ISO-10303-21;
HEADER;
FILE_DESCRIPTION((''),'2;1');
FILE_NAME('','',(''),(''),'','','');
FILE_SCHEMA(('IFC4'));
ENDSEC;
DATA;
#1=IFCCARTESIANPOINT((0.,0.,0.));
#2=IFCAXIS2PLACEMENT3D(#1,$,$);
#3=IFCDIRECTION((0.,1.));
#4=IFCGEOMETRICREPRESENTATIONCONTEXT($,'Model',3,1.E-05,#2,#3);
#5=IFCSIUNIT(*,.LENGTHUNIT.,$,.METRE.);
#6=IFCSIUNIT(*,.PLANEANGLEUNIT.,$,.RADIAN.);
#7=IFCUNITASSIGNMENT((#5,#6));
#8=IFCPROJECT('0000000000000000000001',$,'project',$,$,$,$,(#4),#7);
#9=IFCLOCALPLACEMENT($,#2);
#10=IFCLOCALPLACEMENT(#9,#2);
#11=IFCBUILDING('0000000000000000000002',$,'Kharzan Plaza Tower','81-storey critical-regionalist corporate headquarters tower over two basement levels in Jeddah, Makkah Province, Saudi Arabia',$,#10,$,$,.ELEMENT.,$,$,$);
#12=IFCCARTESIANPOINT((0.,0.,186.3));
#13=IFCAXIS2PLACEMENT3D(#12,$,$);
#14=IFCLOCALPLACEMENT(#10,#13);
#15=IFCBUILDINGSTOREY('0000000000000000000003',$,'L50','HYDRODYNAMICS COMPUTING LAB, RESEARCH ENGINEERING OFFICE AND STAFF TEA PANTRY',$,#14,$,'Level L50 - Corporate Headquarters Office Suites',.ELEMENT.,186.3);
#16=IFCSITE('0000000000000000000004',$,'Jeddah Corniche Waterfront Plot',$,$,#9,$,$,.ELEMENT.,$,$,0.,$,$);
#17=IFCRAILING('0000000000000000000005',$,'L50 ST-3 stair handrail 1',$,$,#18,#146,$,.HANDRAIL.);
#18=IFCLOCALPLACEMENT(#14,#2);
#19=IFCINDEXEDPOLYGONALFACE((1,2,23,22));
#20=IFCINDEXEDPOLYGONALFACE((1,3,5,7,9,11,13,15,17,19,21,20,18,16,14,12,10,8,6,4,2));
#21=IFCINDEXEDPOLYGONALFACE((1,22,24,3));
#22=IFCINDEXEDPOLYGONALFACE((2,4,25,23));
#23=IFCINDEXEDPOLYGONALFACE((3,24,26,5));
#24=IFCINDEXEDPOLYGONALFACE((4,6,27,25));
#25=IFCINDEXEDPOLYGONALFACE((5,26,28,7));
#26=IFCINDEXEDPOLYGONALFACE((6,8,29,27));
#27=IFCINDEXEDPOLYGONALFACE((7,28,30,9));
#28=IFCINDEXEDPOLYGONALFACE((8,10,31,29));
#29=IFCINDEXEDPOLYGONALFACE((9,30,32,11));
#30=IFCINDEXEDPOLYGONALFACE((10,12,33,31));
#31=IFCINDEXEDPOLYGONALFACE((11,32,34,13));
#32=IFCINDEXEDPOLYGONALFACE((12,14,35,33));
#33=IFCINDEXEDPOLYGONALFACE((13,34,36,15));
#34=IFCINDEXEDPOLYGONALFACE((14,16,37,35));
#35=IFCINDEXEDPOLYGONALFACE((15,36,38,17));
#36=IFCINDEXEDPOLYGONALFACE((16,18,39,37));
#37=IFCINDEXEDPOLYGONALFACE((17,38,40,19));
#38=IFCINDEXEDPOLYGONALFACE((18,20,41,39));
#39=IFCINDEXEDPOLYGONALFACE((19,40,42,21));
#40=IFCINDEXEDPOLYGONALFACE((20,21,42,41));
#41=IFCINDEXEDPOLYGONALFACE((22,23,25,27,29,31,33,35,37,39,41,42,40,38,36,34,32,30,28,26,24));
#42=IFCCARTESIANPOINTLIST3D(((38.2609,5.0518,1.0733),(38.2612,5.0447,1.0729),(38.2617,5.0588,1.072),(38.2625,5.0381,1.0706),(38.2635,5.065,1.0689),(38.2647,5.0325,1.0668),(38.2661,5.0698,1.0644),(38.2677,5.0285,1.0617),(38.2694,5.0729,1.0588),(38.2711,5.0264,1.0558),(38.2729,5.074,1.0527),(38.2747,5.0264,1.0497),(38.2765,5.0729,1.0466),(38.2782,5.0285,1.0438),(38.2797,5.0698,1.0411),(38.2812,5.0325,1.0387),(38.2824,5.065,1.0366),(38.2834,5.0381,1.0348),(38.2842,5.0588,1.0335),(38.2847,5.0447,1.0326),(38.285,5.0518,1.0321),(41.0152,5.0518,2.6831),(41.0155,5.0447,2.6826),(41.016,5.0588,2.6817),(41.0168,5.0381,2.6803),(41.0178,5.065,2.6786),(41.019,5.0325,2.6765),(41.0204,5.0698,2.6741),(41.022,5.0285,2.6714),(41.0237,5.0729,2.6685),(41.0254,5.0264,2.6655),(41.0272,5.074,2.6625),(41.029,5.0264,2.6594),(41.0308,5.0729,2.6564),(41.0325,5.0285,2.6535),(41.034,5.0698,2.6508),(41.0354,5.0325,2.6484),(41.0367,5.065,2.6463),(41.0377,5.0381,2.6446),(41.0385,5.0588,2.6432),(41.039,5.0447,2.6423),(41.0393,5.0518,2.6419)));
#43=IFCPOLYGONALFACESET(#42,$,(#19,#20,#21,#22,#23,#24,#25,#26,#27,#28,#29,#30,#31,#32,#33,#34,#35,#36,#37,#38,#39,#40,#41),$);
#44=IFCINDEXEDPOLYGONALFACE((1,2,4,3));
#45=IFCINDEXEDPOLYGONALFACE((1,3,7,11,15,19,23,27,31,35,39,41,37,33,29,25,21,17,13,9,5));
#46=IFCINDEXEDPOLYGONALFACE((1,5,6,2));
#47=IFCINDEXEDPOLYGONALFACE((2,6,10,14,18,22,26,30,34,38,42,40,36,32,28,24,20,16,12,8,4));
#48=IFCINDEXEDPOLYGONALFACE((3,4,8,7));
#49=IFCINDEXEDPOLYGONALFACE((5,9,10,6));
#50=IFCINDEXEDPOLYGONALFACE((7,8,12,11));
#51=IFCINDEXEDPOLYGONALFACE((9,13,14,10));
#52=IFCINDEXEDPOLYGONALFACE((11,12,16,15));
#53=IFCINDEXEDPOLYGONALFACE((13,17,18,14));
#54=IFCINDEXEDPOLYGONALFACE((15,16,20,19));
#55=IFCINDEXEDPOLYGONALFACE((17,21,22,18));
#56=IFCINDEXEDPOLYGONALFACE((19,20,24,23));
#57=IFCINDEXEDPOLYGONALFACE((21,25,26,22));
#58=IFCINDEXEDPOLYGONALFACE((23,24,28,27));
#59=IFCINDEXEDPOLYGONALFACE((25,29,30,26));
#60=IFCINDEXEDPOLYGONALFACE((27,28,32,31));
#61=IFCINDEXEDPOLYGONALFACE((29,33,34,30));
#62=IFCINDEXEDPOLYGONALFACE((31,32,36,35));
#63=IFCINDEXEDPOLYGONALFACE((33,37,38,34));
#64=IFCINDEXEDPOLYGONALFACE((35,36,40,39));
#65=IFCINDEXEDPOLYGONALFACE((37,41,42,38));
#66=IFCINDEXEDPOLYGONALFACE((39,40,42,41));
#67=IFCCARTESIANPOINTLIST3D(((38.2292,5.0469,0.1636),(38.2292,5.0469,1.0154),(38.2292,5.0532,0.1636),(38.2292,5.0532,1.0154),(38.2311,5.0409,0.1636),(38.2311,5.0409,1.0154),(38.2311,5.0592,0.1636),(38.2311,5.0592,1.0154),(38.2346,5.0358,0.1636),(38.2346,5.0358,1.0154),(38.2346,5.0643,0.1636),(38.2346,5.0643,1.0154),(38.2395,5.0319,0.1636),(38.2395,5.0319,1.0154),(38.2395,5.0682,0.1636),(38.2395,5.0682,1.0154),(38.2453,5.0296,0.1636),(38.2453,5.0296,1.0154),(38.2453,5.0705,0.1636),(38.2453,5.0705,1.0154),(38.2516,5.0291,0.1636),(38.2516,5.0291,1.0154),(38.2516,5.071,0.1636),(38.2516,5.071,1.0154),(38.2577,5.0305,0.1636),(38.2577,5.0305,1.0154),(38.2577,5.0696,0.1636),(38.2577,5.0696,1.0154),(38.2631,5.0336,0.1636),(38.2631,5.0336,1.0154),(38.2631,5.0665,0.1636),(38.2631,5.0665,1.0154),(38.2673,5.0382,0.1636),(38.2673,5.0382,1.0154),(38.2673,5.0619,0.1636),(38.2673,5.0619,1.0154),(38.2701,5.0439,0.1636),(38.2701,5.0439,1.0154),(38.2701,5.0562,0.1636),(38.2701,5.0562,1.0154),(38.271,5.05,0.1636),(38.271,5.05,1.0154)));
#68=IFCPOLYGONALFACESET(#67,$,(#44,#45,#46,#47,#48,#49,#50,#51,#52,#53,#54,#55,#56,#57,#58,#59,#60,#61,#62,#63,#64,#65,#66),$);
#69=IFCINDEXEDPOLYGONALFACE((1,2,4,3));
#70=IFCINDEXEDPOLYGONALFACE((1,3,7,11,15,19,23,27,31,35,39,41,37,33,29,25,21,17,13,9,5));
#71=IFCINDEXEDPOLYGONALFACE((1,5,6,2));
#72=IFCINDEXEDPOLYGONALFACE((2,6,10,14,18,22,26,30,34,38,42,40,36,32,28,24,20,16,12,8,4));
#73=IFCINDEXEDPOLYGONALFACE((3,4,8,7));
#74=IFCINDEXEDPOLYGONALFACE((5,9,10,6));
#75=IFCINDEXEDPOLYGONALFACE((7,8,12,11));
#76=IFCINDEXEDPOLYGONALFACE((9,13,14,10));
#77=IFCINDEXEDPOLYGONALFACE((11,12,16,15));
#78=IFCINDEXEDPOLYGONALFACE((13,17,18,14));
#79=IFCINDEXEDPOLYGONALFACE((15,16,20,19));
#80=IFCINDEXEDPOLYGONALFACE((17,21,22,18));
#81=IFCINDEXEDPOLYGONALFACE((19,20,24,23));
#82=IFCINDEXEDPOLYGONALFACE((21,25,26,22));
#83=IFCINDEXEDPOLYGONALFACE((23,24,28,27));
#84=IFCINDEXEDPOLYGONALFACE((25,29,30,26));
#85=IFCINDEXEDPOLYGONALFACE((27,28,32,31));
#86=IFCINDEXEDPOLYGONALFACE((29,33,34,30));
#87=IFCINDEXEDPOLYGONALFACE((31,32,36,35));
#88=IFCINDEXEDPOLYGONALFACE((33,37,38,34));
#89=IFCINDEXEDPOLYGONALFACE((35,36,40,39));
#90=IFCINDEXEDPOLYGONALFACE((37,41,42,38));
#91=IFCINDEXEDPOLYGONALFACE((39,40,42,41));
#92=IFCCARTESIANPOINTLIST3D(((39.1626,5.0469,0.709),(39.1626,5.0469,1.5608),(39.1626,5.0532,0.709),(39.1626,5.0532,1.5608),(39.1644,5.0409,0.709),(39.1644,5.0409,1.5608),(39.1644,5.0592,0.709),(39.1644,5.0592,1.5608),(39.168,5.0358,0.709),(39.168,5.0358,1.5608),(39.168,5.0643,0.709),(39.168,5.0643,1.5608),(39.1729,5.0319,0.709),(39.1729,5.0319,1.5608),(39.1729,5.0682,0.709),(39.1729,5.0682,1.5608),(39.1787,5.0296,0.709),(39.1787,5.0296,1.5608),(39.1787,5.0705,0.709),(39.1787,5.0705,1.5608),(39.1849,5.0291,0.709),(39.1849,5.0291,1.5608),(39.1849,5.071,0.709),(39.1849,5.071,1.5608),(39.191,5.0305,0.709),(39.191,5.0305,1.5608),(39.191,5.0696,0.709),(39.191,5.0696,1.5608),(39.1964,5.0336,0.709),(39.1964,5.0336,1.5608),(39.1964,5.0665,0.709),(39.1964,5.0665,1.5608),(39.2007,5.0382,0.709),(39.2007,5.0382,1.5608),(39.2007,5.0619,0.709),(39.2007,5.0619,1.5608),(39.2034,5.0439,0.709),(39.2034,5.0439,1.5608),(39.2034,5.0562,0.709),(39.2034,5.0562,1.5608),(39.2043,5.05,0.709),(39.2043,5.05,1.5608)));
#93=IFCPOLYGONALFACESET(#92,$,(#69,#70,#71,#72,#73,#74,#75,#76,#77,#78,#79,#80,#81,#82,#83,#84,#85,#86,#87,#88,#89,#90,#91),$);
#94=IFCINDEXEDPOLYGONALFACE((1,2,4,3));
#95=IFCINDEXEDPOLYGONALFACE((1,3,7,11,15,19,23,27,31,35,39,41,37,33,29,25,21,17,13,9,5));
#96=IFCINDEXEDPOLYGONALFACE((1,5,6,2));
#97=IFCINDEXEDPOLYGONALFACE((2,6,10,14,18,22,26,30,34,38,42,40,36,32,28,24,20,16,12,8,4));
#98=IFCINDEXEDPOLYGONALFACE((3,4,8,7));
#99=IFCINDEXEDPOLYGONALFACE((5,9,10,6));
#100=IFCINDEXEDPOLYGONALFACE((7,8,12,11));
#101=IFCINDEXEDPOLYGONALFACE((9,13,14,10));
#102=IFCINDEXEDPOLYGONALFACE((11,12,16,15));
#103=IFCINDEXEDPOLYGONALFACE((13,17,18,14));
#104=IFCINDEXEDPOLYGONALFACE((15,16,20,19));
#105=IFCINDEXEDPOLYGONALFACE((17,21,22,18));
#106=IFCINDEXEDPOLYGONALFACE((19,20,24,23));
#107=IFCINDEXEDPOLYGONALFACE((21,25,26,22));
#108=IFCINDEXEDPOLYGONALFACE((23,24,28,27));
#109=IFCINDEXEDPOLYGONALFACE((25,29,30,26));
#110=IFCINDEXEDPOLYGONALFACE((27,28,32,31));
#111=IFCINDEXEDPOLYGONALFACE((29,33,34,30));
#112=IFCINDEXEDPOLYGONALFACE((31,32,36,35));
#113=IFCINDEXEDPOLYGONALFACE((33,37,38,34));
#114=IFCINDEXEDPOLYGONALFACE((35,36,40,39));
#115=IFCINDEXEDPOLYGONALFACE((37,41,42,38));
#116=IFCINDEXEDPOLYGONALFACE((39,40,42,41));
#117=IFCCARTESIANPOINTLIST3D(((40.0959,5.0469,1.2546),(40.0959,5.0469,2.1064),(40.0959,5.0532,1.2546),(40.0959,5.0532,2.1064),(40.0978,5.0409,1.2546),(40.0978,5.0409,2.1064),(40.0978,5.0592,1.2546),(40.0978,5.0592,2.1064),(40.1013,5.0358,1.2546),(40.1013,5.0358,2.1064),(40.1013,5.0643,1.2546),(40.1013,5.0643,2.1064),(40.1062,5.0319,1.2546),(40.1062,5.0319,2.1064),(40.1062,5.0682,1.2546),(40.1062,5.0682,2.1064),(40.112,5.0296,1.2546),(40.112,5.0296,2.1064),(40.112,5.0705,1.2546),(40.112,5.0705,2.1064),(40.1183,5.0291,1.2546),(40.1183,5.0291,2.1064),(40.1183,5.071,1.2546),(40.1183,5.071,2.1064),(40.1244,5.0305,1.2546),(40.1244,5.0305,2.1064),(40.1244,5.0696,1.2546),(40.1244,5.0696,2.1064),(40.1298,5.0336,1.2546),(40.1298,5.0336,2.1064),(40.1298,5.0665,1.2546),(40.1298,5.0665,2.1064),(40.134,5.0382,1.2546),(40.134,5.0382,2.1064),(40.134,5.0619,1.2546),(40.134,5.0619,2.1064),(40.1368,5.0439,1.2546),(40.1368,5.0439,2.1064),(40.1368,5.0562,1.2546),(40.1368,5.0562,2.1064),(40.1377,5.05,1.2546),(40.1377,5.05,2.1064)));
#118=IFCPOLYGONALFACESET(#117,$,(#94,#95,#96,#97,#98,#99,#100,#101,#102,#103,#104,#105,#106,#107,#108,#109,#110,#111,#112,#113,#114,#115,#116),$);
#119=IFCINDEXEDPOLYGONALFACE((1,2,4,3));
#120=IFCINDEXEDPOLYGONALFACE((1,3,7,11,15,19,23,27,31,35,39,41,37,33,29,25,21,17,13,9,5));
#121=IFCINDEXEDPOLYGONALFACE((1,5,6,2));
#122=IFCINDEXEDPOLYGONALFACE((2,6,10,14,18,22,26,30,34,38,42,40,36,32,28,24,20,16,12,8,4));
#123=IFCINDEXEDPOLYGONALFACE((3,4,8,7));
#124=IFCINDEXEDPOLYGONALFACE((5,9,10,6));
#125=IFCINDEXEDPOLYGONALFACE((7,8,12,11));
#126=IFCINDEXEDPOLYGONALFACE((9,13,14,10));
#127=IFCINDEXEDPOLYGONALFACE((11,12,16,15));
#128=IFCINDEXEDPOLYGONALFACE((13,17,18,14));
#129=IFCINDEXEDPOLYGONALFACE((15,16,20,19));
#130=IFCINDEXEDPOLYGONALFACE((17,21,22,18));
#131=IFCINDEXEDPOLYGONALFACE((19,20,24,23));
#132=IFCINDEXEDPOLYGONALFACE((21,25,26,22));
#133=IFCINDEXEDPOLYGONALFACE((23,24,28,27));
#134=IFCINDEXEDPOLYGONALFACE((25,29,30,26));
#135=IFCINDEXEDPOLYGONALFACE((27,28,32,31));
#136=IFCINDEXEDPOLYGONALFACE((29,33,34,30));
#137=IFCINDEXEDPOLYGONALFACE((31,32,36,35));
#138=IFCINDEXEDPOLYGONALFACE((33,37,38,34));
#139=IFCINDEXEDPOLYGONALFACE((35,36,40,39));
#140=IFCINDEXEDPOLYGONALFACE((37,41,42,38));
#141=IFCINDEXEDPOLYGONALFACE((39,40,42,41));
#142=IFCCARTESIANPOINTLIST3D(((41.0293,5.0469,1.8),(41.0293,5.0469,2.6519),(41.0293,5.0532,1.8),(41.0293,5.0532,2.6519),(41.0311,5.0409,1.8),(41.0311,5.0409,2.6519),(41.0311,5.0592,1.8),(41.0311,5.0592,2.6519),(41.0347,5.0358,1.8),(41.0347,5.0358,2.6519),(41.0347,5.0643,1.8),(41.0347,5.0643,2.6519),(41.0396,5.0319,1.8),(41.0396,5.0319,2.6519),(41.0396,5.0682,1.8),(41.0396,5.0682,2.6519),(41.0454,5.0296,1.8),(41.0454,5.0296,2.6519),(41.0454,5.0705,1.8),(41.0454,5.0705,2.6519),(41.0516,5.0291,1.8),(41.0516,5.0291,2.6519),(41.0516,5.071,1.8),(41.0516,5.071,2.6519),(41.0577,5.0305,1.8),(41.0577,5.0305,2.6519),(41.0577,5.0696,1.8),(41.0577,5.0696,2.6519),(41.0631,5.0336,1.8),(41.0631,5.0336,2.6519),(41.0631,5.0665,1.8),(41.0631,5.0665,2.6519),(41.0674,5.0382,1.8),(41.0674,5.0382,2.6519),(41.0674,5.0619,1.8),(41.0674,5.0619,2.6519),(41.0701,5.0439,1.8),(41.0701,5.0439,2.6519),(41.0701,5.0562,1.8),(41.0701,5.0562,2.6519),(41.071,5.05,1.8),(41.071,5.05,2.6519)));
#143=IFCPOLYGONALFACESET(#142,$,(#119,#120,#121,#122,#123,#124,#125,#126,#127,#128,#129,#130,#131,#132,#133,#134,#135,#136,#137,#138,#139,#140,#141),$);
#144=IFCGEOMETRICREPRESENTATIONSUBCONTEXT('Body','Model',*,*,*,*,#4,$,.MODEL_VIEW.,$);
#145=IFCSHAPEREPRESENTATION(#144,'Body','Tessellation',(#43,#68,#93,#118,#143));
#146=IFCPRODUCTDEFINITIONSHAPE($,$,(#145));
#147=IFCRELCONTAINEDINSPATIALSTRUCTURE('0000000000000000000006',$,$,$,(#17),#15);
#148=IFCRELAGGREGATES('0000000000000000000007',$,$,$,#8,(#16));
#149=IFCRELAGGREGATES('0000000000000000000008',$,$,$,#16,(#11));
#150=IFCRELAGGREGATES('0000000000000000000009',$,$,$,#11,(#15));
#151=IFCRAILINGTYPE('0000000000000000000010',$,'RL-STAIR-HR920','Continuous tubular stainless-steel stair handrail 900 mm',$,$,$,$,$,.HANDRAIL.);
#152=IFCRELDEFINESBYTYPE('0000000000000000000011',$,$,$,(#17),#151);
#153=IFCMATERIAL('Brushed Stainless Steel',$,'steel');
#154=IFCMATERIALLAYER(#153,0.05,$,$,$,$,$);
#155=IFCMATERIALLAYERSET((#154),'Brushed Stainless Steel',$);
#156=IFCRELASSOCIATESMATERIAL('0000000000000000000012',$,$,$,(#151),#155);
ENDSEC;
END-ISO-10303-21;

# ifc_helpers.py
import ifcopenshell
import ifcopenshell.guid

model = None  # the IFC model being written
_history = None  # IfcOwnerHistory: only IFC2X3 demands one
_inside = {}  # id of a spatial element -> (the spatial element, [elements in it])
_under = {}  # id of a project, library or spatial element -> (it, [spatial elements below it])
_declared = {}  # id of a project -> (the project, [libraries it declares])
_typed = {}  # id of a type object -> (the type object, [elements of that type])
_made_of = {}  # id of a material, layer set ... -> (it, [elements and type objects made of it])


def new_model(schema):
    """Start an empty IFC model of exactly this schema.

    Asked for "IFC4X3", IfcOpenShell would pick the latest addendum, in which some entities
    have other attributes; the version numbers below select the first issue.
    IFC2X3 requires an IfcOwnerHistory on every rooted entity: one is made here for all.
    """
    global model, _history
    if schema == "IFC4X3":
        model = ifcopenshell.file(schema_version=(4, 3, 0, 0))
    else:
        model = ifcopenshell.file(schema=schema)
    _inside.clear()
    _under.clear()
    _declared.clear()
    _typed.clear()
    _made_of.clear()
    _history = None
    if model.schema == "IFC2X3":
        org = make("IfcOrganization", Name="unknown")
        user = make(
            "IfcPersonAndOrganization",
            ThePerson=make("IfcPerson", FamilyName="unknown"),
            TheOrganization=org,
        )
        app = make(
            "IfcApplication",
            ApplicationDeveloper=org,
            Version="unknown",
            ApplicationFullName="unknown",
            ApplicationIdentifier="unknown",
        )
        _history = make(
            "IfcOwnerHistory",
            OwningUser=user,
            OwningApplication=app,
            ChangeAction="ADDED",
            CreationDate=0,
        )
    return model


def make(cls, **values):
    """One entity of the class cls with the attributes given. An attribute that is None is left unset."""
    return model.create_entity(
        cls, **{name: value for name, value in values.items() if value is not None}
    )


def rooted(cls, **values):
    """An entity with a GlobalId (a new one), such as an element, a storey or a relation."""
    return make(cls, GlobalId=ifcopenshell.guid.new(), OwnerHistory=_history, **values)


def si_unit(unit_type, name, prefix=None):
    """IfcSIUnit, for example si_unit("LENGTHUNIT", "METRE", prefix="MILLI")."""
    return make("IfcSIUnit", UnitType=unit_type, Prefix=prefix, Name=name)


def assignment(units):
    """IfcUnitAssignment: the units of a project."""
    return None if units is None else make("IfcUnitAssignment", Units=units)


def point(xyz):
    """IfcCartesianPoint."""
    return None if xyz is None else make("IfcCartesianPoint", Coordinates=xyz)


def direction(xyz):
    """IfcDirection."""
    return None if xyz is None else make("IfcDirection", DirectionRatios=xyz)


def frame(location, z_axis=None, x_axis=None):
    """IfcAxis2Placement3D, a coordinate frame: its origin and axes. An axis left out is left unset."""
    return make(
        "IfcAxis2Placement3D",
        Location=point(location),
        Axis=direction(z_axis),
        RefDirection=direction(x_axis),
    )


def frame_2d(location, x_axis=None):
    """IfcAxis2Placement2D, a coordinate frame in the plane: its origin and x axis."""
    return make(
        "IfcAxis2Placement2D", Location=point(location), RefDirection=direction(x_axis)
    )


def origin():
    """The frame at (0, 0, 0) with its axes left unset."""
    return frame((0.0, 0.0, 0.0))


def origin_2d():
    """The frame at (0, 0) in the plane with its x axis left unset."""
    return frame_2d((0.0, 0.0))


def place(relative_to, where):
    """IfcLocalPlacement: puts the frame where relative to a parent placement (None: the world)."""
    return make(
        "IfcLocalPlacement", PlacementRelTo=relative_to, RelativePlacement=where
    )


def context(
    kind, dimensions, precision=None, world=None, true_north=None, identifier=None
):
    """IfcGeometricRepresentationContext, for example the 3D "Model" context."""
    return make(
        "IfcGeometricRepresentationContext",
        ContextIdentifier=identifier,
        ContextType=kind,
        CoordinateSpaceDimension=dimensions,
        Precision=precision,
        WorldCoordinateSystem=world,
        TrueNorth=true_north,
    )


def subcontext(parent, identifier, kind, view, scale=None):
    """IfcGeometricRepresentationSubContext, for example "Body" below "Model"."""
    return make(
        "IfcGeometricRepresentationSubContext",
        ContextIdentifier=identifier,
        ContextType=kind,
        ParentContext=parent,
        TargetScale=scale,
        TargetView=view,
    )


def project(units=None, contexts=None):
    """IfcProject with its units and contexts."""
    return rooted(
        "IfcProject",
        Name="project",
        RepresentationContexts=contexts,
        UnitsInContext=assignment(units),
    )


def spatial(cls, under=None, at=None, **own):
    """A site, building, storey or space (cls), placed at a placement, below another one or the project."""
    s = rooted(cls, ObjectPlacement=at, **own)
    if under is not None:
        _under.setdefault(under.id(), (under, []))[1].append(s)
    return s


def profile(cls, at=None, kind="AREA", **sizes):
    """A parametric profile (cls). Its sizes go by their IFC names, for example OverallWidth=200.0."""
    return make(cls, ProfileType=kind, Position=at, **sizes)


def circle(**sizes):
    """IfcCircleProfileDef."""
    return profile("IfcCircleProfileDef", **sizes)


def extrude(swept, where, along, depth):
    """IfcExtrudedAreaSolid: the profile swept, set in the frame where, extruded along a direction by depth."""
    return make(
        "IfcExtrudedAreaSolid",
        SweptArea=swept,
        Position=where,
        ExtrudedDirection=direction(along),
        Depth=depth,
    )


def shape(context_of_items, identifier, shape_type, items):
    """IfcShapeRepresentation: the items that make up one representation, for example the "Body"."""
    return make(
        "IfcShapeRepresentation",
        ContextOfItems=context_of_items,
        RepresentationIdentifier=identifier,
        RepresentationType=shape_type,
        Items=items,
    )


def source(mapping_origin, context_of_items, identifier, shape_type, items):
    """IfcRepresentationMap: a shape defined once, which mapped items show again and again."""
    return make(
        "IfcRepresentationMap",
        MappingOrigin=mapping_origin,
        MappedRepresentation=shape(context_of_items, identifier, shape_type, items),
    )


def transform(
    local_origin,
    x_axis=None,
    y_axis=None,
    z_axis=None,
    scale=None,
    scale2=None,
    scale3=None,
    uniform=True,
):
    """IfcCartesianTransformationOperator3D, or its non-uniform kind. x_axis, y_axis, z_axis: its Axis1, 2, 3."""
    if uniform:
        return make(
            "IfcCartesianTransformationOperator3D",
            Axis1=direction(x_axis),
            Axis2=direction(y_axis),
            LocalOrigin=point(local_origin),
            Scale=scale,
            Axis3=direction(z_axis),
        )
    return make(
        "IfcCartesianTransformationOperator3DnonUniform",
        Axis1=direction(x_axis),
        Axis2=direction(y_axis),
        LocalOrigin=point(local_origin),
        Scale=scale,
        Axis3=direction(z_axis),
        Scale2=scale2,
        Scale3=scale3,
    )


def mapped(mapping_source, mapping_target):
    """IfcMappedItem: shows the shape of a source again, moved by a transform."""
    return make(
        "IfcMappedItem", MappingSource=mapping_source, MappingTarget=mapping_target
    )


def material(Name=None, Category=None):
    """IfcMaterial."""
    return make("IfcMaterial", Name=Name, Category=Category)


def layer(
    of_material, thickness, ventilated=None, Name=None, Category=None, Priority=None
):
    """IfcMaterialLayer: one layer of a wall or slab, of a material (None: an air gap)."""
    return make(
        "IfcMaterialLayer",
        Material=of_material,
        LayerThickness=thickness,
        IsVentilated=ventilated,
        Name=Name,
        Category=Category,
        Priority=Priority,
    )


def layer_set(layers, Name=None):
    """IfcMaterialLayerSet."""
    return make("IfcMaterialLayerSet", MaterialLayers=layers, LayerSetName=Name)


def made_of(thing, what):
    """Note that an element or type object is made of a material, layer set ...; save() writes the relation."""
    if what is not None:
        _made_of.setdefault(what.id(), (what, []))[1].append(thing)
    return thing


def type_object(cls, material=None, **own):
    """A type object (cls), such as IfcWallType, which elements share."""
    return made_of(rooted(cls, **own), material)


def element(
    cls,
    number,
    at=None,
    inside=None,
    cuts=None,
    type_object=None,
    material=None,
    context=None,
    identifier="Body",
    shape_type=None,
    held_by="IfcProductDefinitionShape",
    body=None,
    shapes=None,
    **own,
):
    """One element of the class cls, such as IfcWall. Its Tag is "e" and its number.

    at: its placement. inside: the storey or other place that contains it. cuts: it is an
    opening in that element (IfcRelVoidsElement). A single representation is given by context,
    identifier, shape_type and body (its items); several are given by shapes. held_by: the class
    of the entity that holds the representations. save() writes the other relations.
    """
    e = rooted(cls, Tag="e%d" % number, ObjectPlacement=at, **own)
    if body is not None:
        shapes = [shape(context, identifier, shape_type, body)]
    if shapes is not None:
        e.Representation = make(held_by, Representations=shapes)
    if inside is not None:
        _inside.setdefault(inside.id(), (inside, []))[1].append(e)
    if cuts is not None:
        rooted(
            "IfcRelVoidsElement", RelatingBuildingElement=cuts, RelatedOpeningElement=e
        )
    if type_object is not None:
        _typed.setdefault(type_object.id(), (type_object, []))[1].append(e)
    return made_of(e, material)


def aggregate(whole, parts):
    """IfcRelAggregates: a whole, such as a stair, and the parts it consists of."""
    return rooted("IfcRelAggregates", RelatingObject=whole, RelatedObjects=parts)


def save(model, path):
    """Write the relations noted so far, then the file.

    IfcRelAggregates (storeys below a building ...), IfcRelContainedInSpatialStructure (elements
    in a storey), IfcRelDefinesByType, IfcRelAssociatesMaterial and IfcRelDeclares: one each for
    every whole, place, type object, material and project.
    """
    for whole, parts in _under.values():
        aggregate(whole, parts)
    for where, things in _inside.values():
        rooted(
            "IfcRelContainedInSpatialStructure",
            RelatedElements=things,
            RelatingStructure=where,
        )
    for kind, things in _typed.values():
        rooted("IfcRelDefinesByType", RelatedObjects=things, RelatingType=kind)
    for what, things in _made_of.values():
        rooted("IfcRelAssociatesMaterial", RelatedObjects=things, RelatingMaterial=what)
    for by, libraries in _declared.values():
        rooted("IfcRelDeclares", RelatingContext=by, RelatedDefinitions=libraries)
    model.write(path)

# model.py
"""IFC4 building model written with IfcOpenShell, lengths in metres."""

from ifc_helpers import new_model, si_unit, direction, frame, origin, origin_2d, place, context, subcontext, project, spatial, circle, extrude, source, transform, mapped, material, layer, layer_set, type_object, element, save


model = new_model("IFC4")

# Units and contexts
model_context = context("Model", 3, precision=1e-05, world=origin(), true_north=direction((0.0, 1.0)))
body_context = subcontext(model_context, "Body", "Model", "MODEL_VIEW")
ifc_project = project(units=[si_unit("LENGTHUNIT", "METRE"), si_unit("PLANEANGLEUNIT", "RADIAN")], contexts=[model_context])

# Site, building, storey
site_placement = place(None, origin())
site = spatial("IfcSite", under=ifc_project, at=site_placement, Name="Jeddah Corniche Waterfront Plot", CompositionType="ELEMENT", RefElevation=0.0)
building_placement = place(site_placement, origin())
building = spatial("IfcBuilding", under=site, at=building_placement, Name="Kharzan Plaza Tower", Description="81-storey critical-regionalist corporate headquarters tower over two basement levels in Jeddah, Makkah Province, Saudi Arabia", CompositionType="ELEMENT")
storey_placement = place(building_placement, frame((0.0, 0.0, 186.3)))
storey = spatial("IfcBuildingStorey", under=building, at=storey_placement, Name="L50", Description="HYDRODYNAMICS COMPUTING LAB, RESEARCH ENGINEERING OFFICE AND STAFF TEA PANTRY", LongName="Level L50 - Corporate Headquarters Office Suites", CompositionType="ELEMENT", Elevation=186.3)

# Railing
ifc_material_1 = material(Name="Brushed Stainless Steel", Category="steel")
ifc_layer_1 = layer(ifc_material_1, 0.05)
ifc_layer_set_1 = layer_set([ifc_layer_1], Name="Brushed Stainless Steel")
railing_type_1 = type_object("IfcRailingType", Name="RL-STAIR-HR920", Description="Continuous tubular stainless-steel stair handrail 900 mm", PredefinedType="HANDRAIL", material=ifc_layer_set_1)
shared_shape_1 = source(origin(), body_context, "Body", "SweptSolid", [
    extrude(circle(Radius=0.0239, at=origin_2d()), frame((0.0229, 0.0, 0.8892), z_axis=(0.863361, 0.0, 0.504587), x_axis=(0.0, 1.0, 0.0)), (0.0, 0.0, 1.0), 3.1902),
    extrude(circle(Radius=0.021, at=origin_2d()), origin(), (0.0, 0.0, 1.0), 0.8518),
    extrude(circle(Radius=0.021, at=origin_2d()), frame((0.9333, 0.0, 0.5454)), (0.0, 0.0, 1.0), 0.8518),
    extrude(circle(Radius=0.021, at=origin_2d()), frame((1.8667, 0.0, 1.0911)), (0.0, 0.0, 1.0), 0.8518),
    extrude(circle(Radius=0.021, at=origin_2d()), frame((2.8, 0.0, 1.6365)), (0.0, 0.0, 1.0), 0.8518),
])
railing_1_placement = place(storey_placement, frame((38.25, 5.05, 0.1636)))
element("IfcRailing", 1, at=railing_1_placement, inside=storey, type_object=railing_type_1, Name="L50 ST-3 stair handrail 1", PredefinedType="HANDRAIL", context=body_context, shape_type="MappedRepresentation", body=[
    mapped(shared_shape_1, transform((0.0, 0.0, 0.0), x_axis=(1.0, 0.0, 0.0), y_axis=(0.0, 1.0, 0.0), z_axis=(0.0, 0.0, 1.0))),
])

save(model, "model.ifc")
